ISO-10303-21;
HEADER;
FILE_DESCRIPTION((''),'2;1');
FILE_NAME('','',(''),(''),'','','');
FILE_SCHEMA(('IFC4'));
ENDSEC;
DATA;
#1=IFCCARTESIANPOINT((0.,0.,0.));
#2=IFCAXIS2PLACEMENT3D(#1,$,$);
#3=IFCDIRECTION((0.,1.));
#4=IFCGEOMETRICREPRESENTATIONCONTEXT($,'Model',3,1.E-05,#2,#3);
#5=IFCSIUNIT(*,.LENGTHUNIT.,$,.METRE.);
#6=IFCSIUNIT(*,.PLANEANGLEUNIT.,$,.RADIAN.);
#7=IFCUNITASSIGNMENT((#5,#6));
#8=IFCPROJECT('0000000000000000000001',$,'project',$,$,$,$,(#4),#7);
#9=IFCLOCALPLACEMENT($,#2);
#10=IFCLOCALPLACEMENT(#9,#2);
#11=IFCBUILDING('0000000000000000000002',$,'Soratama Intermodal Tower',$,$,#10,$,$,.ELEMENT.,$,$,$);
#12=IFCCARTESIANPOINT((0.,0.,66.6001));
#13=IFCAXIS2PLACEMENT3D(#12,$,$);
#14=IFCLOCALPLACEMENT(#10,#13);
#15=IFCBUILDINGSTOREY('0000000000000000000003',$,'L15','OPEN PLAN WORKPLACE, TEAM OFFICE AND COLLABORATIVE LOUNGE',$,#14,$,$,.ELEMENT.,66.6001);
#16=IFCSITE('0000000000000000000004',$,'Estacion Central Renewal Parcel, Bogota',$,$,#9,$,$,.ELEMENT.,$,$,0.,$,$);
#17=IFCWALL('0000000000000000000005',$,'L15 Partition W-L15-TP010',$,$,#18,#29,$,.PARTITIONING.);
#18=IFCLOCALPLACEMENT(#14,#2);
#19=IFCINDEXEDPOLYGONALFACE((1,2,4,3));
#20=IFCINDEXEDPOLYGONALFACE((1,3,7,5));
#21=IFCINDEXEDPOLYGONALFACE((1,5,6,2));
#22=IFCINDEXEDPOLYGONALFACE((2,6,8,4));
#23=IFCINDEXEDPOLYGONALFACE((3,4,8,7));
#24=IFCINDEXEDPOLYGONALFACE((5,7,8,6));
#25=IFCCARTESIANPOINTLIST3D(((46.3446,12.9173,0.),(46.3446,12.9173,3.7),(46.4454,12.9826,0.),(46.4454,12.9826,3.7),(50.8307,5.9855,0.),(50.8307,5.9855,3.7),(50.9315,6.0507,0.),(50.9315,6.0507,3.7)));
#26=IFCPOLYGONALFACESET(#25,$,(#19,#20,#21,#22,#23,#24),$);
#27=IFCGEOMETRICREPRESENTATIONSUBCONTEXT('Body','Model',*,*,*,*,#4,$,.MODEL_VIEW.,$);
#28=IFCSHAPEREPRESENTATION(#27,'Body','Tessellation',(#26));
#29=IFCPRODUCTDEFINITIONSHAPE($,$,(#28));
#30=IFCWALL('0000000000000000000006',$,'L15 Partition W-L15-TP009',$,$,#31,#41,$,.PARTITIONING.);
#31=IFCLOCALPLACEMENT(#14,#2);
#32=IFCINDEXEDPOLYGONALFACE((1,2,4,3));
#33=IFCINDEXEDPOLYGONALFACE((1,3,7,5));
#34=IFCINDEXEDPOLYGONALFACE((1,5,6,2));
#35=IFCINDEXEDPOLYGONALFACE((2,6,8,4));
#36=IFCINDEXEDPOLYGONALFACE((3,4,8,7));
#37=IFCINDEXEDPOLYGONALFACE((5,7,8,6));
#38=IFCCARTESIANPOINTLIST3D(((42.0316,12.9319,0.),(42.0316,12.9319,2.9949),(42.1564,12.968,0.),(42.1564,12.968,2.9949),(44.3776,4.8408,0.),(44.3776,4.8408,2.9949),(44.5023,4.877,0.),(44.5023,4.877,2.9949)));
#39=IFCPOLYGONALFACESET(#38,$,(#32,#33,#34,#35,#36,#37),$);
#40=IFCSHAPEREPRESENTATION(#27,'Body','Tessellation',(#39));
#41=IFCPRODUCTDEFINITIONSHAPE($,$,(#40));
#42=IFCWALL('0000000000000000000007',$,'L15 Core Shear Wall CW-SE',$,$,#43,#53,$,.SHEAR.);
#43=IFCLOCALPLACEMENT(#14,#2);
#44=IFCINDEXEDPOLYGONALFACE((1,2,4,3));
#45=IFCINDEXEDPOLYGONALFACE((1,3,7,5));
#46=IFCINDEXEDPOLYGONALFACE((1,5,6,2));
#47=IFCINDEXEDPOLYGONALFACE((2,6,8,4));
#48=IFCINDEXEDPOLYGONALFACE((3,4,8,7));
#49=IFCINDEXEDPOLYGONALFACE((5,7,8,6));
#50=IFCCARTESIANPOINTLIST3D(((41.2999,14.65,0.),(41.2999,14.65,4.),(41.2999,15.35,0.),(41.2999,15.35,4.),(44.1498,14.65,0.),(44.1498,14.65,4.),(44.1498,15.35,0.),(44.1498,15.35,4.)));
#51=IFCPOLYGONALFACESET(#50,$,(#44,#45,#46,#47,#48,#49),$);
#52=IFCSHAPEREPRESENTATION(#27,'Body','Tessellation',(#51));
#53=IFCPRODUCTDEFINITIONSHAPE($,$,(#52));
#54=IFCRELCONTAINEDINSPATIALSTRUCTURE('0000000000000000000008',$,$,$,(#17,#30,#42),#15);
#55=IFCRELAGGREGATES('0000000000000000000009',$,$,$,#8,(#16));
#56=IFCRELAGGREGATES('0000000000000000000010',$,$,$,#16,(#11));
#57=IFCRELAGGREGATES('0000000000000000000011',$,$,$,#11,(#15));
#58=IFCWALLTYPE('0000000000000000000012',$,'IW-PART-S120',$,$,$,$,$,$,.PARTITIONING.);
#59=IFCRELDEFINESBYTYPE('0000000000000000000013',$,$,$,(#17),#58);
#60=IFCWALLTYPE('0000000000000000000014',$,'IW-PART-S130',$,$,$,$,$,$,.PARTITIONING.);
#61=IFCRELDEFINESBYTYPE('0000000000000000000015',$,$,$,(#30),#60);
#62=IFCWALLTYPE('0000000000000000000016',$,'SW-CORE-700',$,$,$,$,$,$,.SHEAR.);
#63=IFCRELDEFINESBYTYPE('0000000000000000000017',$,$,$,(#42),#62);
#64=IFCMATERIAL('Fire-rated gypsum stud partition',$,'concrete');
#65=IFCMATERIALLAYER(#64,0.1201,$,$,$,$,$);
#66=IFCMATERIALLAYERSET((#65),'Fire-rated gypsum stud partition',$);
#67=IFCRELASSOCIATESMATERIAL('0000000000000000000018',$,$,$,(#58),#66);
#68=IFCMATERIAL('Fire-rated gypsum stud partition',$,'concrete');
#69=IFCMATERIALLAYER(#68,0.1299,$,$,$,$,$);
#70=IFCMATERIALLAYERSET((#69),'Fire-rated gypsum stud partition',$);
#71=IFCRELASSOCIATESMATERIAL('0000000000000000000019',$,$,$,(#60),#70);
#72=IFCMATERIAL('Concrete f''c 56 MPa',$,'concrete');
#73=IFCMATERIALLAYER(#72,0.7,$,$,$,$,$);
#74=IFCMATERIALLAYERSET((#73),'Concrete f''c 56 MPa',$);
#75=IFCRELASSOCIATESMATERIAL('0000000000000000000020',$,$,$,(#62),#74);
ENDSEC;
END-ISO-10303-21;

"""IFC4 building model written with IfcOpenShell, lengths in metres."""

from ifc_helpers import new_model, si_unit, direction, frame, frame_2d, origin, place, context, subcontext, project, spatial, rectangle, extrude, material, layer, layer_set, type_object, element, save


model = new_model("IFC4")

# Units and contexts
model_context = context("Model", 3, precision=1e-05, world=origin(), true_north=direction((0.0, 1.0)))
body_context = subcontext(model_context, "Body", "Model", "MODEL_VIEW")
ifc_project = project(units=[si_unit("LENGTHUNIT", "METRE"), si_unit("PLANEANGLEUNIT", "RADIAN")], contexts=[model_context])

# Site, building, storey
site_placement = place(None, origin())
site = spatial("IfcSite", under=ifc_project, at=site_placement, Name="Estacion Central Renewal Parcel, Bogota", CompositionType="ELEMENT", RefElevation=0.0)
building_placement = place(site_placement, origin())
building = spatial("IfcBuilding", under=site, at=building_placement, Name="Soratama Intermodal Tower", CompositionType="ELEMENT")
storey_placement = place(building_placement, frame((0.0, 0.0, 66.6001)))
storey = spatial("IfcBuildingStorey", under=building, at=storey_placement, Name="L15", Description="OPEN PLAN WORKPLACE, TEAM OFFICE AND COLLABORATIVE LOUNGE", CompositionType="ELEMENT", Elevation=66.6001)

# Walls
ifc_material_1 = material(Name="Fire-rated gypsum stud partition", Category="concrete")
ifc_layer_1 = layer(ifc_material_1, 0.1201)
ifc_layer_set_1 = layer_set([ifc_layer_1], Name="Fire-rated gypsum stud partition")
wall_type_1 = type_object("IfcWallType", Name="IW-PART-S120", PredefinedType="PARTITIONING", material=ifc_layer_set_1)
wall_1_placement = place(storey_placement, frame((46.395, 12.95, 0.0), z_axis=(0.0, 0.0, 1.0), x_axis=(0.543315, -0.839529, 0.0)))
element("IfcWall", 1, at=wall_1_placement, inside=storey, type_object=wall_type_1, Name="L15 Partition W-L15-TP010", PredefinedType="PARTITIONING", context=body_context, shape_type="SweptSolid", body=[
    extrude(rectangle(XDim=8.2568, YDim=0.1201, at=frame_2d((4.1284, 0.0))), origin(), (0.0, 0.0, 1.0), 3.7),
])
ifc_material_2 = material(Name="Fire-rated gypsum stud partition", Category="concrete")
ifc_layer_2 = layer(ifc_material_2, 0.1299)
ifc_layer_set_2 = layer_set([ifc_layer_2], Name="Fire-rated gypsum stud partition")
wall_type_2 = type_object("IfcWallType", Name="IW-PART-S130", PredefinedType="PARTITIONING", material=ifc_layer_set_2)
wall_2_placement = place(storey_placement, frame((42.094, 12.95, 0.0), z_axis=(0.0, 0.0, 1.0), x_axis=(0.278474, -0.960444, 0.0)))
element("IfcWall", 2, at=wall_2_placement, inside=storey, type_object=wall_type_2, Name="L15 Partition W-L15-TP009", PredefinedType="PARTITIONING", context=body_context, shape_type="SweptSolid", body=[
    extrude(rectangle(XDim=8.4243, YDim=0.1299, at=frame_2d((4.2122, 0.0))), origin(), (0.0, 0.0, 1.0), 2.9949),
])
ifc_material_3 = material(Name="Concrete f'c 56 MPa", Category="concrete")
ifc_layer_3 = layer(ifc_material_3, 0.7)
ifc_layer_set_3 = layer_set([ifc_layer_3], Name="Concrete f'c 56 MPa")
wall_type_3 = type_object("IfcWallType", Name="SW-CORE-700", PredefinedType="SHEAR", material=ifc_layer_set_3)
wall_3_placement = place(storey_placement, frame((41.3, 15.0, 0.0), z_axis=(0.0, 0.0, 1.0), x_axis=(1.0, 0.0, 0.0)))
element("IfcWall", 3, at=wall_3_placement, inside=storey, type_object=wall_type_3, Name="L15 Core Shear Wall CW-SE", PredefinedType="SHEAR", context=body_context, shape_type="SweptSolid", body=[
    extrude(rectangle(XDim=2.8499, YDim=0.7, at=frame_2d((1.4248, 0.0))), origin(), (0.0, 0.0, 1.0), 4.0),
])

save(model, "model.ifc")
